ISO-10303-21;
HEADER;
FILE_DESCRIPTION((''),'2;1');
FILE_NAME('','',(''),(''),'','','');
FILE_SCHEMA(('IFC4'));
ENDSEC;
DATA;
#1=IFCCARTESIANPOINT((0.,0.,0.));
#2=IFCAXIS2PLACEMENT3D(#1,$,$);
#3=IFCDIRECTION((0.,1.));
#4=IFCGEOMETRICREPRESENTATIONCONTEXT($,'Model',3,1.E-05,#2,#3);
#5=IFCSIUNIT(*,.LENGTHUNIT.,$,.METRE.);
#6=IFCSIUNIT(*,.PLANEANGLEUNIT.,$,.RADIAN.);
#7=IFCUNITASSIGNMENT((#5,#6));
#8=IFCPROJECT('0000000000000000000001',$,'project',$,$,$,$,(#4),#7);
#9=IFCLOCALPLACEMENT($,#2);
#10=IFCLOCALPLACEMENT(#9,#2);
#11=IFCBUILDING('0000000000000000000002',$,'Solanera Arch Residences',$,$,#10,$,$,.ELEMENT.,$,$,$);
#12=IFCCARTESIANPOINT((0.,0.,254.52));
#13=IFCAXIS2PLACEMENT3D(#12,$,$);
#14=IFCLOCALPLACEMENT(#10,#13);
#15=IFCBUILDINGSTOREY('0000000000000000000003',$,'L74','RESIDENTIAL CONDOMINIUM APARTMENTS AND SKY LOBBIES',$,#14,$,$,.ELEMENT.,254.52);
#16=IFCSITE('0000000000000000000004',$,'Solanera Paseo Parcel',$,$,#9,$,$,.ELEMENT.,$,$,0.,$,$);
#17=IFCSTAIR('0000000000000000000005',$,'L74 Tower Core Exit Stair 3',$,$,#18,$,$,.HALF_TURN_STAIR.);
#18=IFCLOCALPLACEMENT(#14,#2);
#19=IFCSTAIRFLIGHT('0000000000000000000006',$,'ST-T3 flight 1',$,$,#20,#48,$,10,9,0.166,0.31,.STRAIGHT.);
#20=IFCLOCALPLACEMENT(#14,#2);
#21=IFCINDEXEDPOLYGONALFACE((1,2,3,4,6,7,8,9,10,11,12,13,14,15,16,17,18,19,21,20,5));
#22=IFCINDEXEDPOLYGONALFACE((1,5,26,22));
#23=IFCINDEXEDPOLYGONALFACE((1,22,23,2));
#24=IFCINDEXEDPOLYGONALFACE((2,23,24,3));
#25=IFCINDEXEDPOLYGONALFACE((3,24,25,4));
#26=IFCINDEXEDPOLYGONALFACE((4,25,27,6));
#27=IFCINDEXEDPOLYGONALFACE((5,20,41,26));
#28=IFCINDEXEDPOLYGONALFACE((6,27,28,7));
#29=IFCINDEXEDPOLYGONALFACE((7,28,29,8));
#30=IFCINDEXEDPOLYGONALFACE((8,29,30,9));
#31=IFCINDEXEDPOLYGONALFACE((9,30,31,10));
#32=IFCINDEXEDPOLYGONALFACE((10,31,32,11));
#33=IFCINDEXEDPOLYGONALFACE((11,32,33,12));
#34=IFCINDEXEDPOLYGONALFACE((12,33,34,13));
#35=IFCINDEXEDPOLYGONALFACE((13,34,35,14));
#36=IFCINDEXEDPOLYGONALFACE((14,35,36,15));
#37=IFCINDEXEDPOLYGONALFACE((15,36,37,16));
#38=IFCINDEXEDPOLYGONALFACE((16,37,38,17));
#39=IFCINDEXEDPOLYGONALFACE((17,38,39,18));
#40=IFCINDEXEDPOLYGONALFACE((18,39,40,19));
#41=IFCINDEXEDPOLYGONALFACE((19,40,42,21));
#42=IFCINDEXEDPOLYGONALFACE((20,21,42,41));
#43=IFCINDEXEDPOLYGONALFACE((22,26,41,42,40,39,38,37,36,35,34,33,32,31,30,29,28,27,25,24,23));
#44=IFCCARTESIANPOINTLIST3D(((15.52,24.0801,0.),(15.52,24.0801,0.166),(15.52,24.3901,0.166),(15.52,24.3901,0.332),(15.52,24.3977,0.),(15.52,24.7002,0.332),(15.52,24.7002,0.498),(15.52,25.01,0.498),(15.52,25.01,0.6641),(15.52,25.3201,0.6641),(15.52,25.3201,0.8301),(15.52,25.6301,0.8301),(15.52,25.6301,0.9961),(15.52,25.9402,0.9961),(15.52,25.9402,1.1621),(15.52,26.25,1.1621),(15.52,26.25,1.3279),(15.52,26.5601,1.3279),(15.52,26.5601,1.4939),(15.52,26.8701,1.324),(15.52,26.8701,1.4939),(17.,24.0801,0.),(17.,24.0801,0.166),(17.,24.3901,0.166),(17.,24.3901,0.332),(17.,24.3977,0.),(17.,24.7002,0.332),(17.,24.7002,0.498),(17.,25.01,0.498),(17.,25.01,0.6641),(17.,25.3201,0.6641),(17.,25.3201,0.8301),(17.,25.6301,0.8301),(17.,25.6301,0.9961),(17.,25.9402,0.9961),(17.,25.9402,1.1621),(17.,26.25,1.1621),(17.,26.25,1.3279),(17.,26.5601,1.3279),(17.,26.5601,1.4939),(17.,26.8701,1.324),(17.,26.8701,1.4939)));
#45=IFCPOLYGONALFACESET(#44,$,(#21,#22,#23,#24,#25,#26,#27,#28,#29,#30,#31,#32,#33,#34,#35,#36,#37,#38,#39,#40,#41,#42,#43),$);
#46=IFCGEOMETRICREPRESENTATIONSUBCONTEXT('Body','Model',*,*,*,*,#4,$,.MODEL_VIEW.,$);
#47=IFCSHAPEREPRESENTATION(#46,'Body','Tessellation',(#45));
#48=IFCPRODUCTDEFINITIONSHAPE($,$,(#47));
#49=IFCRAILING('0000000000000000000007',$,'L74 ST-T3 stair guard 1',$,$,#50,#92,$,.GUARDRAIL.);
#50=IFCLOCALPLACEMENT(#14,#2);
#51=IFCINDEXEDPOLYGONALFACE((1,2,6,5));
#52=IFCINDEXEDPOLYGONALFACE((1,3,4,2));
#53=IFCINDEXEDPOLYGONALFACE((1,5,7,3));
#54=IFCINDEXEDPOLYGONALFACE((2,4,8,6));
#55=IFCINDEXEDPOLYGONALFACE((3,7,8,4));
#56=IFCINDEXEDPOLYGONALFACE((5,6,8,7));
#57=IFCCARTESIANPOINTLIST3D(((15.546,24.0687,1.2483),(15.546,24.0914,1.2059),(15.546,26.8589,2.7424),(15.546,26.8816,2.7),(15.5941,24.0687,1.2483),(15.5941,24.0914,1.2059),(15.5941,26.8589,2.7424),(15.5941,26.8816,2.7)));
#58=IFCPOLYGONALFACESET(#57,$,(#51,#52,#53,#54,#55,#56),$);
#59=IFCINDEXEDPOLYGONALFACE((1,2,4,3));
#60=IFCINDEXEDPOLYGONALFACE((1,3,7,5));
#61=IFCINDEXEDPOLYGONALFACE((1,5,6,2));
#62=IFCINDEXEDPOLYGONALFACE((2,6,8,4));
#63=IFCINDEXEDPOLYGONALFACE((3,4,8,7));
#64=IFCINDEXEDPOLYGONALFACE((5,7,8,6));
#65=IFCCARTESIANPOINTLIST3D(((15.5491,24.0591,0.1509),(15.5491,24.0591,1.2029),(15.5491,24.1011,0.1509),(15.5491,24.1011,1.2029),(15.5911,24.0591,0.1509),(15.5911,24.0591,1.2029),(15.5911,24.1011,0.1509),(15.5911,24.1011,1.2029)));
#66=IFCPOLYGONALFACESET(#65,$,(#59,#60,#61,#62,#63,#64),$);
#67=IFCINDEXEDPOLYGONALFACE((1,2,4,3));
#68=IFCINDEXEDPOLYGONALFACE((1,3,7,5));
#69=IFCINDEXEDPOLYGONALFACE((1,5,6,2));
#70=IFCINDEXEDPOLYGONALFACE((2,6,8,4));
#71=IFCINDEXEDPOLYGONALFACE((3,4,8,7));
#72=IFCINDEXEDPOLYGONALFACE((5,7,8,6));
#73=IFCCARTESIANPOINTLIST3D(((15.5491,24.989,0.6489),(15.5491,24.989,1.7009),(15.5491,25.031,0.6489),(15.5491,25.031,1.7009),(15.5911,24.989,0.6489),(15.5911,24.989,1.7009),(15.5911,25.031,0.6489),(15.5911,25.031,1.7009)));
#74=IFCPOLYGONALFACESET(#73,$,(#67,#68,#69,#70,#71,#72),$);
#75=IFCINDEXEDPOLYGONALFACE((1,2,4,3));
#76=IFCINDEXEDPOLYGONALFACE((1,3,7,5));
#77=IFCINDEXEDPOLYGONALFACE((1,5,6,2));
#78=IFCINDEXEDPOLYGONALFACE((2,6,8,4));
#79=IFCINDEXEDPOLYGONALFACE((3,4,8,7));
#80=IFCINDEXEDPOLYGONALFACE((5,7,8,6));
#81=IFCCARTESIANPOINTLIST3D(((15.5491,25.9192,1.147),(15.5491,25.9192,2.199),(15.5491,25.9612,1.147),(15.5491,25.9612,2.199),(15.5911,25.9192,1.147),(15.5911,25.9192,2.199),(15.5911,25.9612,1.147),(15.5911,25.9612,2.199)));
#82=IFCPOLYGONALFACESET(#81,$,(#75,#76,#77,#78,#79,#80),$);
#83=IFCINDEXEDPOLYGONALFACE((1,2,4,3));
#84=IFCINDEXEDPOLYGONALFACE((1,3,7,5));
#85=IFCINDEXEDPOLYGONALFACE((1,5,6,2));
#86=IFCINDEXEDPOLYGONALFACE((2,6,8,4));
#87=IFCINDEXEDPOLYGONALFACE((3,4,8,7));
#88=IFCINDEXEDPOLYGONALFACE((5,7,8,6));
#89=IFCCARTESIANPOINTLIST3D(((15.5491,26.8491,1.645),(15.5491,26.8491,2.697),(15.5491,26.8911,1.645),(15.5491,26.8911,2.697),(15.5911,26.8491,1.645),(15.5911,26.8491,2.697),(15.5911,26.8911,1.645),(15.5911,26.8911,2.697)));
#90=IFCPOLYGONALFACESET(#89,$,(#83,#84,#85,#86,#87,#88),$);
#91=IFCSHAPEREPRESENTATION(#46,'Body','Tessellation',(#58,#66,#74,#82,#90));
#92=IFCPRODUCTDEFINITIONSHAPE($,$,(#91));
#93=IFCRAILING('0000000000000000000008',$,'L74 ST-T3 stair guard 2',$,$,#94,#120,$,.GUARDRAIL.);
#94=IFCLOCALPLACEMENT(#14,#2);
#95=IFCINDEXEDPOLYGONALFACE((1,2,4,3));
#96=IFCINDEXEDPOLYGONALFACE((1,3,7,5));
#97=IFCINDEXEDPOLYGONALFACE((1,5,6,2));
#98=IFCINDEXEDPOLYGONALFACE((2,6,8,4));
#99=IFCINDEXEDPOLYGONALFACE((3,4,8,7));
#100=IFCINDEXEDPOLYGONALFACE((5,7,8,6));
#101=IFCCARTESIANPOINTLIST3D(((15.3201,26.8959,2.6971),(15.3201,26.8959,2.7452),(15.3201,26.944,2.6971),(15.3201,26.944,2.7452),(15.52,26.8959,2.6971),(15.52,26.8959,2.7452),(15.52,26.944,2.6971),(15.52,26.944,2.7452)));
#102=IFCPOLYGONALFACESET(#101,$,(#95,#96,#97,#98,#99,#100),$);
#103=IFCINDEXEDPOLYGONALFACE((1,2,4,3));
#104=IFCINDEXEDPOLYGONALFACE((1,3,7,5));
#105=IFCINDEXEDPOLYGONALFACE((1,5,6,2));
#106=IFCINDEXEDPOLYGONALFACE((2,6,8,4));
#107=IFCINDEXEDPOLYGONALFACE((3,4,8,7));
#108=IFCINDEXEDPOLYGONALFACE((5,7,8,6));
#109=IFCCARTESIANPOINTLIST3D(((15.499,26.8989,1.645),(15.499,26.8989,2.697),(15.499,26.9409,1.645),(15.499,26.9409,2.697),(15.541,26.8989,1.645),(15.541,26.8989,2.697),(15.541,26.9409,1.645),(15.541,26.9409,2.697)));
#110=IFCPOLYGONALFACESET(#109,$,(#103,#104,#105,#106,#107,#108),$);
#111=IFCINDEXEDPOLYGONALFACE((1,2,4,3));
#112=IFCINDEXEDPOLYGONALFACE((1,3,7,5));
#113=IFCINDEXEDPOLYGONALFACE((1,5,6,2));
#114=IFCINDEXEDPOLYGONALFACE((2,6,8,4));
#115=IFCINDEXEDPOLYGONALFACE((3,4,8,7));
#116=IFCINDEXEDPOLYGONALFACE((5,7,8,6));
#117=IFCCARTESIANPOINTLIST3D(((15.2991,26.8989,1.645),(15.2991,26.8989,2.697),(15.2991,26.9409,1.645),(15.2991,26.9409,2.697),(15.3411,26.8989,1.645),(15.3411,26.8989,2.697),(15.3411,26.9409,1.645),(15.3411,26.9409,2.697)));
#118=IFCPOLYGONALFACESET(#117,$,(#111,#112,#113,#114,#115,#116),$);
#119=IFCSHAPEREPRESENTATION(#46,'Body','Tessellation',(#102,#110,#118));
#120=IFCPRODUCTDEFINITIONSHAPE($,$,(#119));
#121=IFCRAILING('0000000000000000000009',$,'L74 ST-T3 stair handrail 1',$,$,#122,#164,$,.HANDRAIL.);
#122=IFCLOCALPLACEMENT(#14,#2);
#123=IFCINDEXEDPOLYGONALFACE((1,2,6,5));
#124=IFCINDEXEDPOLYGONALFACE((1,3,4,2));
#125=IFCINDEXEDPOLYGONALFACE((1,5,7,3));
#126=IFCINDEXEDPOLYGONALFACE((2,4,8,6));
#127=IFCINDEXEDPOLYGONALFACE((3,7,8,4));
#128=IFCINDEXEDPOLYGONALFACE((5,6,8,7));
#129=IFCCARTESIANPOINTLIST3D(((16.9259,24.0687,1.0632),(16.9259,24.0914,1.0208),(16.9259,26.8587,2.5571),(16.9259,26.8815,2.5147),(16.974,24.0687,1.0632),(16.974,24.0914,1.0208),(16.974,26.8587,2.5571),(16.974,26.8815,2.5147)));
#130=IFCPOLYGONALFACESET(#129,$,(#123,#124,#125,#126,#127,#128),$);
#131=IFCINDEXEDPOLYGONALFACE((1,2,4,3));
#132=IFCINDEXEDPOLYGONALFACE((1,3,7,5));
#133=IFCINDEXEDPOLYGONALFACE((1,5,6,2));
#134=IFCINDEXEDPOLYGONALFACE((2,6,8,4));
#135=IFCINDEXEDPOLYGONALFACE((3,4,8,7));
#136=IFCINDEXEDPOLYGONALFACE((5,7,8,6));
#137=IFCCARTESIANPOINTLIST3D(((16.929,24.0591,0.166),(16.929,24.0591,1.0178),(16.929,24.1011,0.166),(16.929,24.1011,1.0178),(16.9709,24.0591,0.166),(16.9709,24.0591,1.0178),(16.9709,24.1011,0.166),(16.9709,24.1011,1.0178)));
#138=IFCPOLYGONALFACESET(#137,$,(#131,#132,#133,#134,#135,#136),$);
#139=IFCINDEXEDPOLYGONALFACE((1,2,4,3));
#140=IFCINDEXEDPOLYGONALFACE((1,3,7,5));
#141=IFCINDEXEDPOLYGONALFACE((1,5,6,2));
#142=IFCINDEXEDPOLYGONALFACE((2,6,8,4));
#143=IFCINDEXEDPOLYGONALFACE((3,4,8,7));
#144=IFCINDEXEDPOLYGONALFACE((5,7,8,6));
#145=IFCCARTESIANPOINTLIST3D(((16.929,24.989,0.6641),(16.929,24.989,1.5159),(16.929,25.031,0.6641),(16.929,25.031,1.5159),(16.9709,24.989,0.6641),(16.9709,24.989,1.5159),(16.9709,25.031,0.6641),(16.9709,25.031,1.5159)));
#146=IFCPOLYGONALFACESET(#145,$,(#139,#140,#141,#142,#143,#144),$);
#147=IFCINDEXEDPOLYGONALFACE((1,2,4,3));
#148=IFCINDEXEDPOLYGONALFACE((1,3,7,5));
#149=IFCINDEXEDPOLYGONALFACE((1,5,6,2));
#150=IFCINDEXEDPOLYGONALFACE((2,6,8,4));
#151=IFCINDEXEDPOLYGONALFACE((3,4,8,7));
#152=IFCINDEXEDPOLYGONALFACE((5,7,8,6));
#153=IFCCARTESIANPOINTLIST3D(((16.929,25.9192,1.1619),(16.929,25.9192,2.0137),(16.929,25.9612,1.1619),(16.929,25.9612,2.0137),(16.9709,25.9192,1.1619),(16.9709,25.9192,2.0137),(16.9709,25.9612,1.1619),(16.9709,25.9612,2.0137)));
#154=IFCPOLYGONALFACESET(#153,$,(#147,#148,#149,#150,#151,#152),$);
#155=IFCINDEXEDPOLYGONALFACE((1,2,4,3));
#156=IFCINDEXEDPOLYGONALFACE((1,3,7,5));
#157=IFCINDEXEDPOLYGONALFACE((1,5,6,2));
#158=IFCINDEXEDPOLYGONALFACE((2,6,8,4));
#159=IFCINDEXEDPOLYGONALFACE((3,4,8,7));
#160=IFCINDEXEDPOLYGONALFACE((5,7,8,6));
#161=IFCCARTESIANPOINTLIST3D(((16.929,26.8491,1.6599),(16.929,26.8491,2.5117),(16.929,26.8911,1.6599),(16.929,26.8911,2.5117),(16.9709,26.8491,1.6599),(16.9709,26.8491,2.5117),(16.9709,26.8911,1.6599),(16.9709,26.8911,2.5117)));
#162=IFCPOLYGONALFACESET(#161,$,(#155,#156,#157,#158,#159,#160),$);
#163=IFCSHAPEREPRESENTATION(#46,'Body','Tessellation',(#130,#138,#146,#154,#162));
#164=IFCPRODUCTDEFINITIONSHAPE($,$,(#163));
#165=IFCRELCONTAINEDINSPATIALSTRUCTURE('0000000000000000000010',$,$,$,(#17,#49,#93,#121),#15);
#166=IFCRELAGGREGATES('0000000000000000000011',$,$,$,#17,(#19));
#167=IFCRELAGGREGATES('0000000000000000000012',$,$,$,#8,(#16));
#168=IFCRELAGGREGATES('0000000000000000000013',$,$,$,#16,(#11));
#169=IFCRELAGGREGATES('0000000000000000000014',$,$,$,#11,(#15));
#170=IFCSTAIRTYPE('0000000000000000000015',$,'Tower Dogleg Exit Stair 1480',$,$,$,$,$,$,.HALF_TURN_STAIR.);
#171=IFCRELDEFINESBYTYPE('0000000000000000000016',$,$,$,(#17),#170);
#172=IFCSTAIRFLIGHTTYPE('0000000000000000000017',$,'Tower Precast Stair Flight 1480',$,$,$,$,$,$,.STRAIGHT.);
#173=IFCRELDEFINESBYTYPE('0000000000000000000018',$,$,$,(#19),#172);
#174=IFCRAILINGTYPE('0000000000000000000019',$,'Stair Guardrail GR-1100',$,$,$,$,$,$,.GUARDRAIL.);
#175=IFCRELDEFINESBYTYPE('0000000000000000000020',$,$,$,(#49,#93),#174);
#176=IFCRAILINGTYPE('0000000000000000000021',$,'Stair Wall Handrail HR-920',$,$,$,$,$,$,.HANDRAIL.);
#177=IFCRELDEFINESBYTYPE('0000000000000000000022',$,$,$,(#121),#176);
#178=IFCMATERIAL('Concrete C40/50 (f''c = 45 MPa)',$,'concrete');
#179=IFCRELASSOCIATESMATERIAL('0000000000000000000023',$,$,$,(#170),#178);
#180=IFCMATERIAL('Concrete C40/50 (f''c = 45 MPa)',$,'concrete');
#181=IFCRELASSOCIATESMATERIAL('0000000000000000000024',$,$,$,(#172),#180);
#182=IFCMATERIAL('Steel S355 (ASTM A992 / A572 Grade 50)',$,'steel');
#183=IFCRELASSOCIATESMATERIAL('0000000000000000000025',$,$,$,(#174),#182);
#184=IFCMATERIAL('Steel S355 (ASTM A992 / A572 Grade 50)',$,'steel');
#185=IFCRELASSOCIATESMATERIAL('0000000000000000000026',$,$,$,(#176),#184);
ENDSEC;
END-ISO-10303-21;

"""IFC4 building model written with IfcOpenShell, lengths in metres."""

from ifc_helpers import new_model, si_unit, direction, frame, origin, origin_2d, place, context, subcontext, project, spatial, polyline, rectangle, outline, extrude, material, type_object, element, aggregate, save


model = new_model("IFC4")

# Units and contexts
model_context = context("Model", 3, precision=1e-05, world=origin(), true_north=direction((0.0, 1.0)))
body_context = subcontext(model_context, "Body", "Model", "MODEL_VIEW")
ifc_project = project(units=[si_unit("LENGTHUNIT", "METRE"), si_unit("PLANEANGLEUNIT", "RADIAN")], contexts=[model_context])

# Site, building, storey
site_placement = place(None, origin())
site = spatial("IfcSite", under=ifc_project, at=site_placement, Name="Solanera Paseo Parcel", CompositionType="ELEMENT", RefElevation=0.0)
building_placement = place(site_placement, origin())
building = spatial("IfcBuilding", under=site, at=building_placement, Name="Solanera Arch Residences", CompositionType="ELEMENT")
storey_placement = place(building_placement, frame((0.0, 0.0, 254.52)))
storey = spatial("IfcBuildingStorey", under=building, at=storey_placement, Name="L74", Description="RESIDENTIAL CONDOMINIUM APARTMENTS AND SKY LOBBIES", CompositionType="ELEMENT", Elevation=254.52)

# Stair, stair flight
ifc_material_1 = material(Name="Concrete C40/50 (f'c = 45 MPa)", Category="concrete")
stair_type = type_object("IfcStairType", Name="Tower Dogleg Exit Stair 1480", PredefinedType="HALF_TURN_STAIR", material=ifc_material_1)
stair_placement = place(storey_placement, origin())
stair = element("IfcStair", 1, at=stair_placement, inside=storey, type_object=stair_type, Name="L74 Tower Core Exit Stair 3", PredefinedType="HALF_TURN_STAIR")
ifc_material_2 = material(Name="Concrete C40/50 (f'c = 45 MPa)", Category="concrete")
stair_flight_type = type_object("IfcStairFlightType", Name="Tower Precast Stair Flight 1480", PredefinedType="STRAIGHT", material=ifc_material_2)
stair_flight_placement = place(storey_placement, frame((16.26, 24.0801, 0.0), z_axis=(0.0, 0.0, 1.0), x_axis=(0.0, 1.0, 0.0)))
stair_flight = element("IfcStairFlight", 2, at=stair_flight_placement, type_object=stair_flight_type, Name="ST-T3 flight 1", NumberOfRisers=10, NumberOfTreads=9, PredefinedType="STRAIGHT", RiserHeight=0.166, TreadLength=0.31, context=body_context, shape_type="SweptSolid", body=[
    extrude(outline(polyline([(0.0, 0.0), (0.0, 0.166), (0.3101, 0.166), (0.3101, 0.332), (0.6201, 0.332), (0.6201, 0.498), (0.9299, 0.498), (0.9299, 0.6641), (1.24, 0.6641), (1.24, 0.8301), (1.55, 0.8301), (1.55, 0.9961), (1.8601, 0.9961), (1.8601, 1.1621), (2.1699, 1.1621), (2.1699, 1.3279), (2.48, 1.3279), (2.48, 1.4939), (2.79, 1.4939), (2.79, 1.6599), (2.79, 1.324), (0.3176, 0.0), (0.0, 0.0)])), frame((0.0, 0.74, 0.0), z_axis=(0.0, -1.0, 0.0), x_axis=(1.0, 0.0, 0.0)), (0.0, 0.0, 1.0), 1.48),
])
aggregate(stair, [stair_flight])

# Railings
ifc_material_3 = material(Name="Steel S355 (ASTM A992 / A572 Grade 50)", Category="steel")
railing_type_1 = type_object("IfcRailingType", Name="Stair Guardrail GR-1100", PredefinedType="GUARDRAIL", material=ifc_material_3)
railing_1_placement = place(storey_placement, frame((15.5701, 24.0801, 0.1509)))
element("IfcRailing", 3, at=railing_1_placement, inside=storey, type_object=railing_type_1, Name="L74 ST-T3 stair guard 1", PredefinedType="GUARDRAIL", context=body_context, shape_type="SweptSolid", body=[
    extrude(rectangle(XDim=0.0481, YDim=0.0481, at=origin_2d()), frame((0.0, 0.0, 1.0762), z_axis=(0.0, 0.881549, 0.472093), x_axis=(-1.0, 0.0, 0.0)), (0.0, 0.0, 1.0), 3.165),
    extrude(rectangle(XDim=0.042, YDim=0.042, at=origin_2d()), origin(), (0.0, 0.0, 1.0), 1.052),
    extrude(rectangle(XDim=0.042, YDim=0.042, at=origin_2d()), frame((0.0, 0.9299, 0.498)), (0.0, 0.0, 1.0), 1.052),
    extrude(rectangle(XDim=0.042, YDim=0.042, at=origin_2d()), frame((0.0, 1.8601, 0.9961)), (0.0, 0.0, 1.0), 1.052),
    extrude(rectangle(XDim=0.042, YDim=0.042, at=origin_2d()), frame((0.0, 2.79, 1.4941)), (0.0, 0.0, 1.0), 1.052),
])
railing_2_placement = place(storey_placement, frame((15.52, 26.9199, 1.645)))
element("IfcRailing", 4, at=railing_2_placement, inside=storey, type_object=railing_type_1, Name="L74 ST-T3 stair guard 2", PredefinedType="GUARDRAIL", context=body_context, shape_type="SweptSolid", body=[
    extrude(rectangle(XDim=0.0481, YDim=0.0481, at=origin_2d()), frame((0.0, 0.0, 1.0762), z_axis=(-1.0, 0.0, 0.0), x_axis=(0.0, -1.0, 0.0)), (0.0, 0.0, 1.0), 0.2),
    extrude(rectangle(XDim=0.042, YDim=0.042, at=origin_2d()), origin(), (0.0, 0.0, 1.0), 1.052),
    extrude(rectangle(XDim=0.042, YDim=0.042, at=origin_2d()), frame((-0.2, 0.0, 0.0)), (0.0, 0.0, 1.0), 1.052),
])
ifc_material_4 = material(Name="Steel S355 (ASTM A992 / A572 Grade 50)", Category="steel")
railing_type_2 = type_object("IfcRailingType", Name="Stair Wall Handrail HR-920", PredefinedType="HANDRAIL", material=ifc_material_4)
railing_3_placement = place(storey_placement, frame((16.95, 24.0801, 0.166)))
element("IfcRailing", 5, at=railing_3_placement, inside=storey, type_object=railing_type_2, Name="L74 ST-T3 stair handrail 1", PredefinedType="HANDRAIL", context=body_context, shape_type="SweptSolid", body=[
    extrude(rectangle(XDim=0.0481, YDim=0.0481, at=origin_2d()), frame((0.0, 0.0, 0.876), z_axis=(0.0, 0.881581, 0.472033), x_axis=(-1.0, 0.0, 0.0)), (0.0, 0.0, 1.0), 3.1648),
    extrude(rectangle(XDim=0.042, YDim=0.042, at=origin_2d()), origin(), (0.0, 0.0, 1.0), 0.8518),
    extrude(rectangle(XDim=0.042, YDim=0.042, at=origin_2d()), frame((0.0, 0.9299, 0.498)), (0.0, 0.0, 1.0), 0.8518),
    extrude(rectangle(XDim=0.042, YDim=0.042, at=origin_2d()), frame((0.0, 1.8601, 0.9958)), (0.0, 0.0, 1.0), 0.8518),
    extrude(rectangle(XDim=0.042, YDim=0.042, at=origin_2d()), frame((0.0, 2.79, 1.4939)), (0.0, 0.0, 1.0), 0.8518),
])

save(model, "model.ifc")
